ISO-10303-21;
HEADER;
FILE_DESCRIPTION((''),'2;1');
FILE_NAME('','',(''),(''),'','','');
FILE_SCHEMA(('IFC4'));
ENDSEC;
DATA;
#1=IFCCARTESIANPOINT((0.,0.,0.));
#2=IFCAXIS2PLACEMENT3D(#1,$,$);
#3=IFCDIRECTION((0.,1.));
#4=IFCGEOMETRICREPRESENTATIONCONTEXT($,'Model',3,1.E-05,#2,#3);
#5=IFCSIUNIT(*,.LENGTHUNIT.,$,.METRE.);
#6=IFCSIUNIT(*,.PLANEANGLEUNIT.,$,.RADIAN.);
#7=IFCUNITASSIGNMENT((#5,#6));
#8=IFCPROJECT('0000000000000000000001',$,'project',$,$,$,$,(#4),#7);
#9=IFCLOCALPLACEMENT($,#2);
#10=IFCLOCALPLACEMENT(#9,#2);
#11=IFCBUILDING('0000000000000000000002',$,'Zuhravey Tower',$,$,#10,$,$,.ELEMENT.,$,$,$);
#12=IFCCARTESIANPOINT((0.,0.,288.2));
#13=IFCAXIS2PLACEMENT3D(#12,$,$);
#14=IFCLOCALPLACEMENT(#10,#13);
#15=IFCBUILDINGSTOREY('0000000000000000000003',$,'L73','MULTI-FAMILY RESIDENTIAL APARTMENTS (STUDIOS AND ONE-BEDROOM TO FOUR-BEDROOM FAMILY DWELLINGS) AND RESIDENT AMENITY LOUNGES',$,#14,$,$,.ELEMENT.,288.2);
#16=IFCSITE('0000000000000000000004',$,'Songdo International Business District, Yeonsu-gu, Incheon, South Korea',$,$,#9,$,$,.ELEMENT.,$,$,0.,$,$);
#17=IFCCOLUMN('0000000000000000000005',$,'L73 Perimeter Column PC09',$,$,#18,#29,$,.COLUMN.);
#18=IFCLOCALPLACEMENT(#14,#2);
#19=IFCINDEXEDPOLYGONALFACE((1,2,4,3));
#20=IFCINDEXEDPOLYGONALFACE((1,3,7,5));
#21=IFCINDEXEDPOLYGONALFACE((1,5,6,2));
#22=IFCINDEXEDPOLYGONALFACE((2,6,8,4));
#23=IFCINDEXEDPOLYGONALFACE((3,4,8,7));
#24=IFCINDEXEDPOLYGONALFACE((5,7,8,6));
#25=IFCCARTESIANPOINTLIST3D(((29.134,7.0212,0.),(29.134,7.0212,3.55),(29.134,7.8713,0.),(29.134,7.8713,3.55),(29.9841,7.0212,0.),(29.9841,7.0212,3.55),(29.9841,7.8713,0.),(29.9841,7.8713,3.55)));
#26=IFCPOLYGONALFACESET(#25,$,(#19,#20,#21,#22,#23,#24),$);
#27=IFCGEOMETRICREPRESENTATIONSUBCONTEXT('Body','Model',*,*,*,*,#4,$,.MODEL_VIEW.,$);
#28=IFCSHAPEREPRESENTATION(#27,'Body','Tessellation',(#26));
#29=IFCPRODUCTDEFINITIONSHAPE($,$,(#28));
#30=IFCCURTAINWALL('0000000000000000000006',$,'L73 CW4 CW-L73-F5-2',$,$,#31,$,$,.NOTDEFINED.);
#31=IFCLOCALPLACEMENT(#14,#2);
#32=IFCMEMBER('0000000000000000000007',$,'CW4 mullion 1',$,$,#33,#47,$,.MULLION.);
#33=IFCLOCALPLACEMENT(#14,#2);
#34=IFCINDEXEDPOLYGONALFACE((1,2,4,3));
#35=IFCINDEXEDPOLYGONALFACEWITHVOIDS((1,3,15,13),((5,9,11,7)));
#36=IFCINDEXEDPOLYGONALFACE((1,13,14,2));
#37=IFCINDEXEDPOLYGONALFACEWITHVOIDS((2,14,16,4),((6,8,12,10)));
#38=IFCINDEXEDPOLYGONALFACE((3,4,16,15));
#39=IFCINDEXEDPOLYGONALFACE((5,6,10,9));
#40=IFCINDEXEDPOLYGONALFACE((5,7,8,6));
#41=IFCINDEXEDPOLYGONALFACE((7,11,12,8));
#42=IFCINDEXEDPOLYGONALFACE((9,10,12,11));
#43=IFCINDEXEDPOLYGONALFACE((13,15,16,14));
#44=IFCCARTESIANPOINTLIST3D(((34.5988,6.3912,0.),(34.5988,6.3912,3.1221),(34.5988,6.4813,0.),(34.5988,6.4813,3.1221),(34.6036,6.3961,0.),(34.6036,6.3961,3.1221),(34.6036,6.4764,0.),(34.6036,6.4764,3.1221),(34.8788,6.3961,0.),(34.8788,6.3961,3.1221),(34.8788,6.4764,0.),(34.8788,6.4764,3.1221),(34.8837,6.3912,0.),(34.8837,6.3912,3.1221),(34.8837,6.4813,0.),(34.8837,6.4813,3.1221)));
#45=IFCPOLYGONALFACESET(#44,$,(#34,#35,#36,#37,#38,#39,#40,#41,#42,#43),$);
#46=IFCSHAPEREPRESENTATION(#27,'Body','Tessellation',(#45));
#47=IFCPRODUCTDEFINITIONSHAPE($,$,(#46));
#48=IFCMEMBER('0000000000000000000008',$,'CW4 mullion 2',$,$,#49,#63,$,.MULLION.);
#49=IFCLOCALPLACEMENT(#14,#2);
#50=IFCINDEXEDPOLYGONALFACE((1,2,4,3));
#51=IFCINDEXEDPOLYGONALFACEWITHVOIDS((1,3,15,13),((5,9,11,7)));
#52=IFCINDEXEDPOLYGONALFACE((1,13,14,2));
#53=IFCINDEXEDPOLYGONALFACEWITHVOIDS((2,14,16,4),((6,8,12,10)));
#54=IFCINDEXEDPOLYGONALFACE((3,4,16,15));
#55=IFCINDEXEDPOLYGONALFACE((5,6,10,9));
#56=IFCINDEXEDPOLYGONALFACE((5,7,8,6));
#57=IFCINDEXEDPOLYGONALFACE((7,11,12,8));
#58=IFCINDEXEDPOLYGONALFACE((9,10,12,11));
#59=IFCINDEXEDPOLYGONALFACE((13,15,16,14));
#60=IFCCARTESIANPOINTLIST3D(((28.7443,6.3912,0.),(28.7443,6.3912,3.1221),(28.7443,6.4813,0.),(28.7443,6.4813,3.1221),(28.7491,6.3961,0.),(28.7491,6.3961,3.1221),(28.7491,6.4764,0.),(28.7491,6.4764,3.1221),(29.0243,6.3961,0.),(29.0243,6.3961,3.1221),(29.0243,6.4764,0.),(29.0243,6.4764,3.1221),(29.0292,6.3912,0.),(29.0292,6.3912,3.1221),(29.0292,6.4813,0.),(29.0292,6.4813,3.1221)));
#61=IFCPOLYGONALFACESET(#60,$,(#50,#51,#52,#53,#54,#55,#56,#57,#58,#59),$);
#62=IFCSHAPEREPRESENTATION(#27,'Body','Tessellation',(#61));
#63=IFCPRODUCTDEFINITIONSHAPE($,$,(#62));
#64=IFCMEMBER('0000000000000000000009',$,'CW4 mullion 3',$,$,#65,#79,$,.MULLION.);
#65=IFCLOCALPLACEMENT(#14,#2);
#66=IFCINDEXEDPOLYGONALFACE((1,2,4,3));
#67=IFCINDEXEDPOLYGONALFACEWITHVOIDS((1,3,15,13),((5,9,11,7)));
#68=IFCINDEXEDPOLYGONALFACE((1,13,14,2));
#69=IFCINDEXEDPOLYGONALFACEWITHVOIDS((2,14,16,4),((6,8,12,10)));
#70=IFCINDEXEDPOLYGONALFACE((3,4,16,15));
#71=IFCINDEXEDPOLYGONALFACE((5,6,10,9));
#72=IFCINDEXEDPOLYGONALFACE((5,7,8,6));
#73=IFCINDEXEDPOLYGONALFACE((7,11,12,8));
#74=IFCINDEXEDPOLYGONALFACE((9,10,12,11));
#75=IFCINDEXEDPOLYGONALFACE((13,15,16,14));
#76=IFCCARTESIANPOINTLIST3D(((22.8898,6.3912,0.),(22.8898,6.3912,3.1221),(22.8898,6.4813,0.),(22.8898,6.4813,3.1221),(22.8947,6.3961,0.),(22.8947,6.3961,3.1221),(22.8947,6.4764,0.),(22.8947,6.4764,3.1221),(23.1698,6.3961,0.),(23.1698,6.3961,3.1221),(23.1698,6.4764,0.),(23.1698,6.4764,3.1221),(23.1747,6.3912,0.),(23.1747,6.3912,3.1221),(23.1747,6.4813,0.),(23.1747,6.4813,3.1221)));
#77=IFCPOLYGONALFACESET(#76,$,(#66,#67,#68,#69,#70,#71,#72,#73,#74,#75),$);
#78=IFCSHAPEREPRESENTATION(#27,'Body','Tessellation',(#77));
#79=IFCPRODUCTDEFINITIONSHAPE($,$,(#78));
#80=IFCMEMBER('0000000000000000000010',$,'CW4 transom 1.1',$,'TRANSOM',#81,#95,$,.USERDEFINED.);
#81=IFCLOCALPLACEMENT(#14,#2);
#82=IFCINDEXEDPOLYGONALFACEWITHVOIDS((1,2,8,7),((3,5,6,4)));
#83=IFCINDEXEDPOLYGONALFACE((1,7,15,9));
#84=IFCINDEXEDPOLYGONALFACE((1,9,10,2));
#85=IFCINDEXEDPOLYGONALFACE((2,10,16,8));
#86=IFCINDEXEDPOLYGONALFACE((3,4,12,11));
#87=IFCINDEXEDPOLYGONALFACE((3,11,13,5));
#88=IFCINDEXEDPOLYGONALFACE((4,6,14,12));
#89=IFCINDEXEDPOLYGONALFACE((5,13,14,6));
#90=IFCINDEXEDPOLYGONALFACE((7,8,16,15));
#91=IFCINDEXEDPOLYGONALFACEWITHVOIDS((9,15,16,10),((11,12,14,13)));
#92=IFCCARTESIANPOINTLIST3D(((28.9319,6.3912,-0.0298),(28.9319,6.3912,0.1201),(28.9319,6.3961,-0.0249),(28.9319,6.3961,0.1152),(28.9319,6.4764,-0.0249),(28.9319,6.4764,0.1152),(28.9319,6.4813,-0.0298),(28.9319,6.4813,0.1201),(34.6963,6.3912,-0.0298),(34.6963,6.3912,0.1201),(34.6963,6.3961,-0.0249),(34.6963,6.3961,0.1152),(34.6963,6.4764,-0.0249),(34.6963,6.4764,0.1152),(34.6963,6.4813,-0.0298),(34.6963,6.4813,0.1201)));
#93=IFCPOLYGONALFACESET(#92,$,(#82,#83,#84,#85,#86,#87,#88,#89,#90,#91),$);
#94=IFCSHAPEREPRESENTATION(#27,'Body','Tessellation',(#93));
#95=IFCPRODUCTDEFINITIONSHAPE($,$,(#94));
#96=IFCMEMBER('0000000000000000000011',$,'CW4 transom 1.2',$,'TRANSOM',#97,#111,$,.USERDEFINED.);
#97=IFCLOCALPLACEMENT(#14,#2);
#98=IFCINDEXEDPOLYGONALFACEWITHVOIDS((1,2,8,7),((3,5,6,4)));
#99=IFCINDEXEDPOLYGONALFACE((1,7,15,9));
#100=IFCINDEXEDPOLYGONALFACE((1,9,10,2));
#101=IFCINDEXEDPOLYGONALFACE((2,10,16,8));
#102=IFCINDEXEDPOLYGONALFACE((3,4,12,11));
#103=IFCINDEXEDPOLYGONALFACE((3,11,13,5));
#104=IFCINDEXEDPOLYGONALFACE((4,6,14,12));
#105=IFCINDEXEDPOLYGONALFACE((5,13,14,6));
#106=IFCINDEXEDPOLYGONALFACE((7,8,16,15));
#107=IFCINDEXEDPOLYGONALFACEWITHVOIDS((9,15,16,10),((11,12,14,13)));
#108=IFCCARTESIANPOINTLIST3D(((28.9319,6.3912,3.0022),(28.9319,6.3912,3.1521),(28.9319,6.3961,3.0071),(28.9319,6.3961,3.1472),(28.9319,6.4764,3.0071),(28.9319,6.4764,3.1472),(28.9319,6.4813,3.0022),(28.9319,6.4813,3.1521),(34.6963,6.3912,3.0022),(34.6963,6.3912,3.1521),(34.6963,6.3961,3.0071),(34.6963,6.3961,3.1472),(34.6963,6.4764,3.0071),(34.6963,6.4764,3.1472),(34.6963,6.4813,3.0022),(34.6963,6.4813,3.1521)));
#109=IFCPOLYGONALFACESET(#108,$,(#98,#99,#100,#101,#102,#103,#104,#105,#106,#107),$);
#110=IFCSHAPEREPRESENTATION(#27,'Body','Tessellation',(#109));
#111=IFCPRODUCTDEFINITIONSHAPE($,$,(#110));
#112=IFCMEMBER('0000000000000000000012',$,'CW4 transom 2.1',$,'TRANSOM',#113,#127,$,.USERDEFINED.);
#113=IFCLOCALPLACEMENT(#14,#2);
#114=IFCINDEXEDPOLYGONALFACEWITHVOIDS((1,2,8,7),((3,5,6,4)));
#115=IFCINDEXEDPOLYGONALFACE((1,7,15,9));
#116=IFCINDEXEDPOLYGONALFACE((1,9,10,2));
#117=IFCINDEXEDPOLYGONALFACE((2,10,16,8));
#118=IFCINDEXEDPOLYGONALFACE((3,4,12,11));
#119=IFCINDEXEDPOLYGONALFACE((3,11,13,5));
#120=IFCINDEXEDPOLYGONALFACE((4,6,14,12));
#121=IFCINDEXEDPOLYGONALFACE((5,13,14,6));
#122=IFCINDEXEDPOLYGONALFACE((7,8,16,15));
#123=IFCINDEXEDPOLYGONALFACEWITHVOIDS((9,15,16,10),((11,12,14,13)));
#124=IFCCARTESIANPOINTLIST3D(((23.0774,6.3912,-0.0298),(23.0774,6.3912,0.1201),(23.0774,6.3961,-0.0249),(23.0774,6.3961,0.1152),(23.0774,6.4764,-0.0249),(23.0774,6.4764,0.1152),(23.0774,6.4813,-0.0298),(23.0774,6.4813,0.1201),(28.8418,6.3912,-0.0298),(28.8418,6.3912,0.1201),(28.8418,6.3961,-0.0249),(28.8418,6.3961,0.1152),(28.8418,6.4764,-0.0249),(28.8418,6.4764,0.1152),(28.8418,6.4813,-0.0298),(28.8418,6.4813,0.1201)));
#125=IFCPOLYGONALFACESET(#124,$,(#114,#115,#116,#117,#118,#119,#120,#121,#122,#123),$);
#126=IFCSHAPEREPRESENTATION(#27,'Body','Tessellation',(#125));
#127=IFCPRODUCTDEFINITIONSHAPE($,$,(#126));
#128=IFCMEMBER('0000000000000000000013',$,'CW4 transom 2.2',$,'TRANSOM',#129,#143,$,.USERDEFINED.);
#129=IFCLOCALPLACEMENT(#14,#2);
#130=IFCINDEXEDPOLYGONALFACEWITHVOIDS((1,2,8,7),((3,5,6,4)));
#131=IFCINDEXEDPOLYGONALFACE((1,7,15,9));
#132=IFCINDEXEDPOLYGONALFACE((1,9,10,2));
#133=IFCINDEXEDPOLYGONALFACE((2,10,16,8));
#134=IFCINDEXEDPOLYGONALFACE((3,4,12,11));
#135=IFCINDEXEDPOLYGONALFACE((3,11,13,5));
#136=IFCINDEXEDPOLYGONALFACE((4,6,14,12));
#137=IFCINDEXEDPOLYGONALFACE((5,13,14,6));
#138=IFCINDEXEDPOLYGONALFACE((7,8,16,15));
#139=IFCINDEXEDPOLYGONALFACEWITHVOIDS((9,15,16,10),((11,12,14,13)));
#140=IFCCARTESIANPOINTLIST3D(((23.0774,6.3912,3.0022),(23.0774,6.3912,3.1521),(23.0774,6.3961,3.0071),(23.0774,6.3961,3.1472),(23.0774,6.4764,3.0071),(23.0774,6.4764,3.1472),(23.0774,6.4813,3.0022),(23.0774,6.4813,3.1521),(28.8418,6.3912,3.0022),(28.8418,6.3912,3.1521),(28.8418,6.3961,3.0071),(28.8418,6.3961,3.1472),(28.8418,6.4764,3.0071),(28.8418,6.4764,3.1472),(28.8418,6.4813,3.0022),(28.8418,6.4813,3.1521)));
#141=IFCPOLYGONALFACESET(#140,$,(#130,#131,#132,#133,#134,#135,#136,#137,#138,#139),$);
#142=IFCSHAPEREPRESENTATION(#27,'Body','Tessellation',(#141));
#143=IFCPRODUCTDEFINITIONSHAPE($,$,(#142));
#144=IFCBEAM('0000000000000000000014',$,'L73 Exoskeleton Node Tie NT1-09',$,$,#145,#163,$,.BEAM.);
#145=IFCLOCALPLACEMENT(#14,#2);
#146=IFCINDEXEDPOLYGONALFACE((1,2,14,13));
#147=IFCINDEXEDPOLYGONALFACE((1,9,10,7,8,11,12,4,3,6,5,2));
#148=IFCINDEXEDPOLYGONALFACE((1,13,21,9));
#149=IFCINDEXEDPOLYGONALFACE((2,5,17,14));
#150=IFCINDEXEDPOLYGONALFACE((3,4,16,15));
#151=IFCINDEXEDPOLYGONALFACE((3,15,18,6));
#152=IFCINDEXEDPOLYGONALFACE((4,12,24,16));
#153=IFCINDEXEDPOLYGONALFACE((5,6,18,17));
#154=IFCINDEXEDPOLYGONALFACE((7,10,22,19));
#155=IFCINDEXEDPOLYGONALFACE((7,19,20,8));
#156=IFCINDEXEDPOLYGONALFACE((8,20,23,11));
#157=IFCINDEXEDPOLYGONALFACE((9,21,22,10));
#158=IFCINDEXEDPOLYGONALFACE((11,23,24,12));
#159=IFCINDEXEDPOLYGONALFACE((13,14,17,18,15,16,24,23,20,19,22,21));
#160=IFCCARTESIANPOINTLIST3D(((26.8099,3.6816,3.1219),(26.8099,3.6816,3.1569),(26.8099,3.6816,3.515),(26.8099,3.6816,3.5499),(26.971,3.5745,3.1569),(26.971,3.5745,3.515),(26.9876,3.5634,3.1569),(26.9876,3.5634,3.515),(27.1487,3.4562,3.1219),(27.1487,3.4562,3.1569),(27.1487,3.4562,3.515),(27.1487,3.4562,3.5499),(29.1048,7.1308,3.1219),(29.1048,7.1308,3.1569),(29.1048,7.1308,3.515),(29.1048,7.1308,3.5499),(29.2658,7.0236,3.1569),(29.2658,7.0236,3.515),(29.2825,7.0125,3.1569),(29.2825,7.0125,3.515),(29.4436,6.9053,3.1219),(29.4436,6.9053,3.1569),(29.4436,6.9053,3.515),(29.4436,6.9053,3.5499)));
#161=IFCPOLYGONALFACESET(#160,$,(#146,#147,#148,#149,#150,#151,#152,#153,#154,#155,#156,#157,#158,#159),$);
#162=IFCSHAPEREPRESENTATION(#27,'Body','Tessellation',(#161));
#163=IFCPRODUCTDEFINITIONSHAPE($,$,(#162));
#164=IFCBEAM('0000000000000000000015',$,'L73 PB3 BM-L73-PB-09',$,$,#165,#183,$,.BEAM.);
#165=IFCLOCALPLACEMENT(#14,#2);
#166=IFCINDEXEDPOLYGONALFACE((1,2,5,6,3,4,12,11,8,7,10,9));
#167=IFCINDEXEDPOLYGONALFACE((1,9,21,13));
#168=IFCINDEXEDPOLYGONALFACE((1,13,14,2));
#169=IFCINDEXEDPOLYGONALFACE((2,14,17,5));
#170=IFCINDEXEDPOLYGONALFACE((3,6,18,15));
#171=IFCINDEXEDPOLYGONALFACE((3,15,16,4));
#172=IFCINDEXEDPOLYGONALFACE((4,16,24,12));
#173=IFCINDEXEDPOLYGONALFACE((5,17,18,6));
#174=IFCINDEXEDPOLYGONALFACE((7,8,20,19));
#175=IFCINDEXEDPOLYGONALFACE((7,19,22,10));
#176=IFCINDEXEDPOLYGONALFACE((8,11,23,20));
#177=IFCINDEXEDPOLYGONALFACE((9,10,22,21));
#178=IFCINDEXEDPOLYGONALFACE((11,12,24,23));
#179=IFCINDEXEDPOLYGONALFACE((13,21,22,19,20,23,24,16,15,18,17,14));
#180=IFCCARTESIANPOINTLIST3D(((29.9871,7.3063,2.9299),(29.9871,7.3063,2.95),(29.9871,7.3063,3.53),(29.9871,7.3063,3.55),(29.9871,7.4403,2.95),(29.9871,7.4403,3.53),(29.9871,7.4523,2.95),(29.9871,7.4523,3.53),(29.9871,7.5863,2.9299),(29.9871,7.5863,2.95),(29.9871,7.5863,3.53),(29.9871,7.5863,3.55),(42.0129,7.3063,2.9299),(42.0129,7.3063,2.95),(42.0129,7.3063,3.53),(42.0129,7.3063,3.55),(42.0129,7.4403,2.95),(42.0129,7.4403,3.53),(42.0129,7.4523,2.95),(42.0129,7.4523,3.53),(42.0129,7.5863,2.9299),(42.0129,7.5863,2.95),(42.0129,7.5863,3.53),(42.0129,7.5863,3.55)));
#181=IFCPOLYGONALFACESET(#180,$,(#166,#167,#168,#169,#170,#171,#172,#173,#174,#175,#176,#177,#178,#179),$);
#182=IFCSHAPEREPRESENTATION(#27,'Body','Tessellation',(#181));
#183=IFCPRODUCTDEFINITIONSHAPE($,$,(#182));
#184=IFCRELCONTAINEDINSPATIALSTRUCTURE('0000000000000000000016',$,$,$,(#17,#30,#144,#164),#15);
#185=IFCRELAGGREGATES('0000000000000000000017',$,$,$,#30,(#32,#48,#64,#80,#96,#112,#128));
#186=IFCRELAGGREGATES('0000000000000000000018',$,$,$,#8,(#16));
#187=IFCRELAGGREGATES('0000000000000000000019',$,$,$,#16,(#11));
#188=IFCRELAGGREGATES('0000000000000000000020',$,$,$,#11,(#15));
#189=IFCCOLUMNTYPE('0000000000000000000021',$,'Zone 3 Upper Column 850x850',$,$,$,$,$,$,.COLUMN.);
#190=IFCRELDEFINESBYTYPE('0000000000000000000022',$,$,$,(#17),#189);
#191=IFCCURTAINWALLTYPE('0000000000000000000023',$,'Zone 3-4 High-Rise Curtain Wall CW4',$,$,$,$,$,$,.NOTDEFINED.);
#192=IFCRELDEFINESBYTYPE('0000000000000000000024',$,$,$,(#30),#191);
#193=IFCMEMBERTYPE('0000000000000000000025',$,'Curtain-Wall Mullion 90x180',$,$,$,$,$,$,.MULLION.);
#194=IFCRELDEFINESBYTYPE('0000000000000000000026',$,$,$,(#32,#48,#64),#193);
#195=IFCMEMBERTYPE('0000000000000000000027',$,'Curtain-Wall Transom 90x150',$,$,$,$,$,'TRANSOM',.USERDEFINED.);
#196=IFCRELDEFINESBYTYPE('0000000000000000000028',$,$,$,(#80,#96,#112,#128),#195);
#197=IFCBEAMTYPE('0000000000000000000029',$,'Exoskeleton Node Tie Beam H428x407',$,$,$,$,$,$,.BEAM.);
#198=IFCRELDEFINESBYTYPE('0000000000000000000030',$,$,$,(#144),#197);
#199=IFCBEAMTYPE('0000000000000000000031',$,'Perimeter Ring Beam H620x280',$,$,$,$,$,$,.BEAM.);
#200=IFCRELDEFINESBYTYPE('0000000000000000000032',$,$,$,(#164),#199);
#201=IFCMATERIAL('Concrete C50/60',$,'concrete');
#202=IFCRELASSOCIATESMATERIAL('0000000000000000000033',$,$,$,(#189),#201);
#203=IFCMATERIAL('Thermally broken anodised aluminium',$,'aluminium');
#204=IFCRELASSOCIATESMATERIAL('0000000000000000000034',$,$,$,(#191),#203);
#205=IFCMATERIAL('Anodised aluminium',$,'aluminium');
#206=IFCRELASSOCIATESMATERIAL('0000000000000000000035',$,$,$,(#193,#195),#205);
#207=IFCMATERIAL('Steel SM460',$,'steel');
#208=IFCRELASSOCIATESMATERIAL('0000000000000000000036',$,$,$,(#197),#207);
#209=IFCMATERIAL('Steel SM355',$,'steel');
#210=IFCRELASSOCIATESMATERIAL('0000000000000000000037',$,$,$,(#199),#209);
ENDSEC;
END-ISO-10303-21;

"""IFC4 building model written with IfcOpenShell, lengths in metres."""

from ifc_helpers import new_model, si_unit, direction, frame, origin, origin_2d, place, context, subcontext, project, spatial, rectangle, hollow_rectangle, i_section, extrude, material, material_profile, profile_set, type_object, element, aggregate, save


model = new_model("IFC4")

# Units and contexts
model_context = context("Model", 3, precision=1e-05, world=origin(), true_north=direction((0.0, 1.0)))
body_context = subcontext(model_context, "Body", "Model", "MODEL_VIEW")
ifc_project = project(units=[si_unit("LENGTHUNIT", "METRE"), si_unit("PLANEANGLEUNIT", "RADIAN")], contexts=[model_context])

# Site, building, storey
site_placement = place(None, origin())
site = spatial("IfcSite", under=ifc_project, at=site_placement, Name="Songdo International Business District, Yeonsu-gu, Incheon, South Korea", CompositionType="ELEMENT", RefElevation=0.0)
building_placement = place(site_placement, origin())
building = spatial("IfcBuilding", under=site, at=building_placement, Name="Zuhravey Tower", CompositionType="ELEMENT")
storey_placement = place(building_placement, frame((0.0, 0.0, 288.2)))
storey = spatial("IfcBuildingStorey", under=building, at=storey_placement, Name="L73", Description="MULTI-FAMILY RESIDENTIAL APARTMENTS (STUDIOS AND ONE-BEDROOM TO FOUR-BEDROOM FAMILY DWELLINGS) AND RESIDENT AMENITY LOUNGES", CompositionType="ELEMENT", Elevation=288.2)

# Column
ifc_material_1 = material(Name="Concrete C50/60", Category="concrete")
ifc_material_profile_1 = material_profile(ifc_material_1, rectangle(XDim=0.8501, YDim=0.8501, at=origin_2d()), Name="RC-850x850")
ifc_profile_set_1 = profile_set([ifc_material_profile_1], Name="Concrete C50/60")
column_type = type_object("IfcColumnType", Name="Zone 3 Upper Column 850x850", PredefinedType="COLUMN", material=ifc_profile_set_1)
column_placement = place(storey_placement, frame((29.5591, 7.4463, 0.0), z_axis=(0.0, 0.0, 1.0), x_axis=(1.0, 0.0, 0.0)))
element("IfcColumn", 1, at=column_placement, inside=storey, type_object=column_type, Name="L73 Perimeter Column PC09", PredefinedType="COLUMN", context=body_context, shape_type="SweptSolid", body=[
    extrude(rectangle(XDim=0.8501, YDim=0.8501, at=origin_2d()), origin(), (0.0, 0.0, 1.0), 3.55),
])

# Curtain wall, members
ifc_material_2 = material(Name="Thermally broken anodised aluminium", Category="aluminium")
curtain_wall_type = type_object("IfcCurtainWallType", Name="Zone 3-4 High-Rise Curtain Wall CW4", PredefinedType="NOTDEFINED", material=ifc_material_2)
curtain_wall_placement = place(storey_placement, origin())
curtain_wall = element("IfcCurtainWall", 2, at=curtain_wall_placement, inside=storey, type_object=curtain_wall_type, Name="L73 CW4 CW-L73-F5-2", PredefinedType="NOTDEFINED")
ifc_material_3 = material(Name="Anodised aluminium", Category="aluminium")
ifc_material_profile_2 = material_profile(ifc_material_3, hollow_rectangle(XDim=0.0901, YDim=0.2849, WallThickness=0.0049, at=origin_2d()), Name="ALU-RHS-90x285x5")
ifc_profile_set_2 = profile_set([ifc_material_profile_2], Name="Anodised aluminium")
member_type_1 = type_object("IfcMemberType", Name="Curtain-Wall Mullion 90x180", PredefinedType="MULLION", material=ifc_profile_set_2)
member_1_placement = place(storey_placement, frame((34.7412, 6.4363, 0.0), z_axis=(0.0, 0.0, 1.0), x_axis=(0.0, -1.0, 0.0)))
member_1 = element("IfcMember", 3, at=member_1_placement, type_object=member_type_1, Name="CW4 mullion 1", PredefinedType="MULLION", context=body_context, shape_type="SweptSolid", body=[
    extrude(hollow_rectangle(XDim=0.0901, YDim=0.2849, WallThickness=0.0049, at=origin_2d()), origin(), (0.0, 0.0, 1.0), 3.1221),
])
member_2_placement = place(storey_placement, frame((28.8867, 6.4363, 0.0), z_axis=(0.0, 0.0, 1.0), x_axis=(0.0, -1.0, 0.0)))
member_2 = element("IfcMember", 4, at=member_2_placement, type_object=member_type_1, Name="CW4 mullion 2", PredefinedType="MULLION", context=body_context, shape_type="SweptSolid", body=[
    extrude(hollow_rectangle(XDim=0.0901, YDim=0.2849, WallThickness=0.0049, at=origin_2d()), origin(), (0.0, 0.0, 1.0), 3.1221),
])
member_3_placement = place(storey_placement, frame((23.0322, 6.4363, 0.0), z_axis=(0.0, 0.0, 1.0), x_axis=(0.0, -1.0, 0.0)))
member_3 = element("IfcMember", 5, at=member_3_placement, type_object=member_type_1, Name="CW4 mullion 3", PredefinedType="MULLION", context=body_context, shape_type="SweptSolid", body=[
    extrude(hollow_rectangle(XDim=0.0901, YDim=0.2849, WallThickness=0.0049, at=origin_2d()), origin(), (0.0, 0.0, 1.0), 3.1221),
])
ifc_material_profile_3 = material_profile(ifc_material_3, hollow_rectangle(XDim=0.0901, YDim=0.1499, WallThickness=0.0049, at=origin_2d()), Name="ALU-RHS-90x150x5")
ifc_profile_set_3 = profile_set([ifc_material_profile_3], Name="Anodised aluminium")
member_type_2 = type_object("IfcMemberType", Name="Curtain-Wall Transom 90x150", ElementType="TRANSOM", PredefinedType="USERDEFINED", material=ifc_profile_set_3)
member_4_placement = place(storey_placement, frame((34.6963, 6.4363, 0.0452), z_axis=(-1.0, 0.0, 0.0), x_axis=(0.0, -1.0, 0.0)))
member_4 = element("IfcMember", 6, at=member_4_placement, type_object=member_type_2, Name="CW4 transom 1.1", ObjectType="TRANSOM", PredefinedType="USERDEFINED", context=body_context, shape_type="SweptSolid", body=[
    extrude(hollow_rectangle(XDim=0.0901, YDim=0.1499, WallThickness=0.0049, at=origin_2d()), origin(), (0.0, 0.0, 1.0), 5.7644),
])
member_5_placement = place(storey_placement, frame((34.6963, 6.4363, 3.0771), z_axis=(-1.0, 0.0, 0.0), x_axis=(0.0, -1.0, 0.0)))
member_5 = element("IfcMember", 7, at=member_5_placement, type_object=member_type_2, Name="CW4 transom 1.2", ObjectType="TRANSOM", PredefinedType="USERDEFINED", context=body_context, shape_type="SweptSolid", body=[
    extrude(hollow_rectangle(XDim=0.0901, YDim=0.1499, WallThickness=0.0049, at=origin_2d()), origin(), (0.0, 0.0, 1.0), 5.7644),
])
member_6_placement = place(storey_placement, frame((28.8418, 6.4363, 0.0452), z_axis=(-1.0, 0.0, 0.0), x_axis=(0.0, -1.0, 0.0)))
member_6 = element("IfcMember", 8, at=member_6_placement, type_object=member_type_2, Name="CW4 transom 2.1", ObjectType="TRANSOM", PredefinedType="USERDEFINED", context=body_context, shape_type="SweptSolid", body=[
    extrude(hollow_rectangle(XDim=0.0901, YDim=0.1499, WallThickness=0.0049, at=origin_2d()), origin(), (0.0, 0.0, 1.0), 5.7644),
])
member_7_placement = place(storey_placement, frame((28.8418, 6.4363, 3.0771), z_axis=(-1.0, 0.0, 0.0), x_axis=(0.0, -1.0, 0.0)))
member_7 = element("IfcMember", 9, at=member_7_placement, type_object=member_type_2, Name="CW4 transom 2.2", ObjectType="TRANSOM", PredefinedType="USERDEFINED", context=body_context, shape_type="SweptSolid", body=[
    extrude(hollow_rectangle(XDim=0.0901, YDim=0.1499, WallThickness=0.0049, at=origin_2d()), origin(), (0.0, 0.0, 1.0), 5.7644),
])

# Beams
ifc_material_4 = material(Name="Steel SM460", Category="steel")
ifc_material_profile_4 = material_profile(ifc_material_4, i_section(OverallWidth=0.407, OverallDepth=0.428, WebThickness=0.02, FlangeThickness=0.0349, at=origin_2d()), Name="H-428x407x20x35")
ifc_profile_set_4 = profile_set([ifc_material_profile_4], Name="Steel SM460")
beam_type_1 = type_object("IfcBeamType", Name="Exoskeleton Node Tie Beam H428x407", PredefinedType="BEAM", material=ifc_profile_set_4)
beam_1_placement = place(storey_placement, frame((29.2742, 7.0181, 3.3359), z_axis=(-0.553938, -0.832558, 0.0), x_axis=(0.832558, -0.553938, 0.0)))
element("IfcBeam", 10, at=beam_1_placement, inside=storey, type_object=beam_type_1, Name="L73 Exoskeleton Node Tie NT1-09", PredefinedType="BEAM", context=body_context, shape_type="SweptSolid", body=[
    extrude(i_section(OverallWidth=0.407, OverallDepth=0.428, WebThickness=0.02, FlangeThickness=0.0349, at=origin_2d()), origin(), (0.0, 0.0, 1.0), 4.1428),
])
ifc_material_5 = material(Name="Steel SM355", Category="steel")
ifc_material_profile_5 = material_profile(ifc_material_5, i_section(OverallWidth=0.28, OverallDepth=0.6201, WebThickness=0.012, FlangeThickness=0.02, at=origin_2d()), Name="H-620x280x12x20")
ifc_profile_set_5 = profile_set([ifc_material_profile_5], Name="Steel SM355")
beam_type_2 = type_object("IfcBeamType", Name="Perimeter Ring Beam H620x280", PredefinedType="BEAM", material=ifc_profile_set_5)
beam_2_placement = place(storey_placement, frame((29.9871, 7.4463, 3.24), z_axis=(1.0, 0.0, 0.0), x_axis=(0.0, 1.0, 0.0)))
element("IfcBeam", 11, at=beam_2_placement, inside=storey, type_object=beam_type_2, Name="L73 PB3 BM-L73-PB-09", PredefinedType="BEAM", context=body_context, shape_type="SweptSolid", body=[
    extrude(i_section(OverallWidth=0.28, OverallDepth=0.6201, WebThickness=0.012, FlangeThickness=0.02, at=origin_2d()), origin(), (0.0, 0.0, 1.0), 12.0259),
])

aggregate(curtain_wall, [member_1, member_2, member_3, member_4, member_5, member_6, member_7])

save(model, "model.ifc")
